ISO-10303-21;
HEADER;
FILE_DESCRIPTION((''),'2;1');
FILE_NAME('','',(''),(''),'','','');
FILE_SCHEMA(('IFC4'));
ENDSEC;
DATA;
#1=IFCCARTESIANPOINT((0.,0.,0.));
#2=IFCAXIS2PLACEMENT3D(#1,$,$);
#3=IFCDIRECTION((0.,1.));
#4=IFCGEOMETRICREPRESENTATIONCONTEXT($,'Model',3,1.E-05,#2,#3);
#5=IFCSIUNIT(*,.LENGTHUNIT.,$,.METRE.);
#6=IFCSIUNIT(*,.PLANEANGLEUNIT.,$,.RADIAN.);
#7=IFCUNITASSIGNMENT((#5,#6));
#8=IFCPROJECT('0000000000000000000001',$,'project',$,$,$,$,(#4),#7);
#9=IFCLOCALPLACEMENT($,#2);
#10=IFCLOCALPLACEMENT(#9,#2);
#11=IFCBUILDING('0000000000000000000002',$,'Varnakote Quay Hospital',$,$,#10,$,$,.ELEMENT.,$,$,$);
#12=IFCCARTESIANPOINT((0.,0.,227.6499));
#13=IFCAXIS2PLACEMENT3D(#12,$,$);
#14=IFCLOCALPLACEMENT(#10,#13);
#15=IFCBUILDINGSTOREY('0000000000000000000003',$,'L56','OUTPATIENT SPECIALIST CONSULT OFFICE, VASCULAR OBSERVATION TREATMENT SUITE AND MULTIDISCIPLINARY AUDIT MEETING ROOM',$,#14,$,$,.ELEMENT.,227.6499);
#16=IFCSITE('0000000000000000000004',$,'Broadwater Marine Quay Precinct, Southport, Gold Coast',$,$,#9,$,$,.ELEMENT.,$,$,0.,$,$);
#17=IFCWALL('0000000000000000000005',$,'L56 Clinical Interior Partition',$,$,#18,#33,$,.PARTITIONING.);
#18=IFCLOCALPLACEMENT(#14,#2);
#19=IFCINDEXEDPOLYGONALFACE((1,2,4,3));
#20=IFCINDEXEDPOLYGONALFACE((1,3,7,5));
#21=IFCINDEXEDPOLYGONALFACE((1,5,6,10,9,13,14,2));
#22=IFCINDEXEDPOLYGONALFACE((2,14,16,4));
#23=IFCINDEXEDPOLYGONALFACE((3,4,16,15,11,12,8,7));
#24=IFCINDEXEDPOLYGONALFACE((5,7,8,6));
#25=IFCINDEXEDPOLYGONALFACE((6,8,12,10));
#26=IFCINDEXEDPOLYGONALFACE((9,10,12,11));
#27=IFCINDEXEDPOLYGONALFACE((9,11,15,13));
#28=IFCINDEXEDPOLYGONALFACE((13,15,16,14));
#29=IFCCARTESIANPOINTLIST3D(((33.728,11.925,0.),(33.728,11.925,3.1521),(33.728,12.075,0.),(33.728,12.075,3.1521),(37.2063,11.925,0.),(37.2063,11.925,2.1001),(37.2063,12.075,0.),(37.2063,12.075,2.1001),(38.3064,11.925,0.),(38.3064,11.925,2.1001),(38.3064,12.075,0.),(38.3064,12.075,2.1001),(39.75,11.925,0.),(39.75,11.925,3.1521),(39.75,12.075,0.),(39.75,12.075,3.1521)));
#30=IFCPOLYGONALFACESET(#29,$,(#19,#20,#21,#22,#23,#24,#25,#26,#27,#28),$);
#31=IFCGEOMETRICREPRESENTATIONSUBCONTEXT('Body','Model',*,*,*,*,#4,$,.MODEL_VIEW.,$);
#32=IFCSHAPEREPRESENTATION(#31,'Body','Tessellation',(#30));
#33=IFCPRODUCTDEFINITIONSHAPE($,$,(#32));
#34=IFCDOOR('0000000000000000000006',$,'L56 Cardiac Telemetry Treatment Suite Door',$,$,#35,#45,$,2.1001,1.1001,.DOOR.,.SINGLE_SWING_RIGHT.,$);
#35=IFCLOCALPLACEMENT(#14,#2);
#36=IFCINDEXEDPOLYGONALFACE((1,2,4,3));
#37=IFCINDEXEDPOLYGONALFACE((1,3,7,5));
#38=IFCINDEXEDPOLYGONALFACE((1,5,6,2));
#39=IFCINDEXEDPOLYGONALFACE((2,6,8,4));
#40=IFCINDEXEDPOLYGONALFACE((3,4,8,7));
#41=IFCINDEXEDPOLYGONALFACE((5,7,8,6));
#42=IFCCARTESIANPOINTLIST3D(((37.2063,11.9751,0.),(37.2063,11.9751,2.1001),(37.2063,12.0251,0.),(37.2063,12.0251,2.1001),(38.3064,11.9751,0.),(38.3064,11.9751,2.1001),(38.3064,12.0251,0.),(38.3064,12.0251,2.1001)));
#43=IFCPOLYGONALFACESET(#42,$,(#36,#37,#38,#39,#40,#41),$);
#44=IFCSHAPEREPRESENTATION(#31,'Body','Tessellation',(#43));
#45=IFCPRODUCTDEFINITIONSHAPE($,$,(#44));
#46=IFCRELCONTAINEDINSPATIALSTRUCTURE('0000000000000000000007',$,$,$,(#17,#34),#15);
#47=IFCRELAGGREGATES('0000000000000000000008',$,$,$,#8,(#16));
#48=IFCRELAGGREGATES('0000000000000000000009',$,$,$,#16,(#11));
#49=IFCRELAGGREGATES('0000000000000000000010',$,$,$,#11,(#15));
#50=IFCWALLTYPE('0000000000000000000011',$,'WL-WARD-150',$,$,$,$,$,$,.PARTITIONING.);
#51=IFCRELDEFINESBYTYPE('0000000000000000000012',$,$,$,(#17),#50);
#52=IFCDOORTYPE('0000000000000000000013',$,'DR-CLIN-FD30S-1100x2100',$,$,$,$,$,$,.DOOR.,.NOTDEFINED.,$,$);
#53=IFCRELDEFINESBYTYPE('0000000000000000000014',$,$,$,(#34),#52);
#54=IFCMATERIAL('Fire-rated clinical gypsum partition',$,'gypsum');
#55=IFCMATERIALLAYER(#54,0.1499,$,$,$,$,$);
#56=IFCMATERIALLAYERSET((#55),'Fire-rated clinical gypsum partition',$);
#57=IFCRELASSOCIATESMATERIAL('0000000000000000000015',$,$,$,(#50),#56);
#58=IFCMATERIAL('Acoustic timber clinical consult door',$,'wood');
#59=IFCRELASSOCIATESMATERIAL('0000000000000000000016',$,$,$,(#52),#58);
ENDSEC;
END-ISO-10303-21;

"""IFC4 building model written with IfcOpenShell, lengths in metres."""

from ifc_helpers import new_model, si_unit, direction, frame, frame_2d, origin, place, context, subcontext, project, spatial, rectangle, extrude, material, layer, layer_set, type_object, element, fill, save


model = new_model("IFC4")

# Units and contexts
model_context = context("Model", 3, precision=1e-05, world=origin(), true_north=direction((0.0, 1.0)))
body_context = subcontext(model_context, "Body", "Model", "MODEL_VIEW")
ifc_project = project(units=[si_unit("LENGTHUNIT", "METRE"), si_unit("PLANEANGLEUNIT", "RADIAN")], contexts=[model_context])

# Site, building, storey
site_placement = place(None, origin())
site = spatial("IfcSite", under=ifc_project, at=site_placement, Name="Broadwater Marine Quay Precinct, Southport, Gold Coast", CompositionType="ELEMENT", RefElevation=0.0)
building_placement = place(site_placement, origin())
building = spatial("IfcBuilding", under=site, at=building_placement, Name="Varnakote Quay Hospital", CompositionType="ELEMENT")
storey_placement = place(building_placement, frame((0.0, 0.0, 227.6499)))
storey = spatial("IfcBuildingStorey", under=building, at=storey_placement, Name="L56", Description="OUTPATIENT SPECIALIST CONSULT OFFICE, VASCULAR OBSERVATION TREATMENT SUITE AND MULTIDISCIPLINARY AUDIT MEETING ROOM", CompositionType="ELEMENT", Elevation=227.6499)

# Wall, opening, door
ifc_material_1 = material(Name="Fire-rated clinical gypsum partition", Category="gypsum")
ifc_layer_1 = layer(ifc_material_1, 0.1499)
ifc_layer_set_1 = layer_set([ifc_layer_1], Name="Fire-rated clinical gypsum partition")
wall_type_1 = type_object("IfcWallType", Name="WL-WARD-150", PredefinedType="PARTITIONING", material=ifc_layer_set_1)
wall_1_placement = place(storey_placement, frame((39.75, 12.0, 0.0), z_axis=(0.0, 0.0, 1.0), x_axis=(-1.0, 0.0, 0.0)))
wall_1 = element("IfcWall", 1, at=wall_1_placement, inside=storey, type_object=wall_type_1, Name="L56 Clinical Interior Partition", PredefinedType="PARTITIONING", context=body_context, shape_type="SweptSolid", body=[
    extrude(rectangle(XDim=6.022, YDim=0.1499, at=frame_2d((3.011, 0.0))), origin(), (0.0, 0.0, 1.0), 3.1521),
])
opening_1_placement = place(wall_1_placement, frame((1.4436, 0.0, 0.0)))
opening_1 = element("IfcOpeningElement", 2, at=opening_1_placement, cuts=wall_1, PredefinedType="OPENING", context=body_context, shape_type="SweptSolid", body=[
    extrude(rectangle(XDim=1.1001, YDim=2.1001, at=frame_2d((0.55, 1.05))), frame((0.0, 0.085, 0.0), z_axis=(0.0, -1.0, 0.0), x_axis=(1.0, 0.0, 0.0)), (0.0, 0.0, 1.0), 0.1699),
])
ifc_material_2 = material(Name="Acoustic timber clinical consult door", Category="wood")
door_type_1 = type_object("IfcDoorType", Name="DR-CLIN-FD30S-1100x2100", OperationType="NOTDEFINED", PredefinedType="DOOR", material=ifc_material_2)
door_1_placement = place(opening_1_placement, origin())
door_1 = element("IfcDoor", 3, at=door_1_placement, inside=storey, type_object=door_type_1, Name="L56 Cardiac Telemetry Treatment Suite Door", OperationType="SINGLE_SWING_RIGHT", OverallHeight=2.1001, OverallWidth=1.1001, PredefinedType="DOOR", context=body_context, shape_type="SweptSolid", body=[
    extrude(rectangle(XDim=1.1001, YDim=2.1001, at=frame_2d((0.55, 1.05))), frame((0.0, 0.0249, 0.0), z_axis=(0.0, -1.0, 0.0), x_axis=(1.0, 0.0, 0.0)), (0.0, 0.0, 1.0), 0.05),
])
fill(opening_1, door_1)

save(model, "model.ifc")
